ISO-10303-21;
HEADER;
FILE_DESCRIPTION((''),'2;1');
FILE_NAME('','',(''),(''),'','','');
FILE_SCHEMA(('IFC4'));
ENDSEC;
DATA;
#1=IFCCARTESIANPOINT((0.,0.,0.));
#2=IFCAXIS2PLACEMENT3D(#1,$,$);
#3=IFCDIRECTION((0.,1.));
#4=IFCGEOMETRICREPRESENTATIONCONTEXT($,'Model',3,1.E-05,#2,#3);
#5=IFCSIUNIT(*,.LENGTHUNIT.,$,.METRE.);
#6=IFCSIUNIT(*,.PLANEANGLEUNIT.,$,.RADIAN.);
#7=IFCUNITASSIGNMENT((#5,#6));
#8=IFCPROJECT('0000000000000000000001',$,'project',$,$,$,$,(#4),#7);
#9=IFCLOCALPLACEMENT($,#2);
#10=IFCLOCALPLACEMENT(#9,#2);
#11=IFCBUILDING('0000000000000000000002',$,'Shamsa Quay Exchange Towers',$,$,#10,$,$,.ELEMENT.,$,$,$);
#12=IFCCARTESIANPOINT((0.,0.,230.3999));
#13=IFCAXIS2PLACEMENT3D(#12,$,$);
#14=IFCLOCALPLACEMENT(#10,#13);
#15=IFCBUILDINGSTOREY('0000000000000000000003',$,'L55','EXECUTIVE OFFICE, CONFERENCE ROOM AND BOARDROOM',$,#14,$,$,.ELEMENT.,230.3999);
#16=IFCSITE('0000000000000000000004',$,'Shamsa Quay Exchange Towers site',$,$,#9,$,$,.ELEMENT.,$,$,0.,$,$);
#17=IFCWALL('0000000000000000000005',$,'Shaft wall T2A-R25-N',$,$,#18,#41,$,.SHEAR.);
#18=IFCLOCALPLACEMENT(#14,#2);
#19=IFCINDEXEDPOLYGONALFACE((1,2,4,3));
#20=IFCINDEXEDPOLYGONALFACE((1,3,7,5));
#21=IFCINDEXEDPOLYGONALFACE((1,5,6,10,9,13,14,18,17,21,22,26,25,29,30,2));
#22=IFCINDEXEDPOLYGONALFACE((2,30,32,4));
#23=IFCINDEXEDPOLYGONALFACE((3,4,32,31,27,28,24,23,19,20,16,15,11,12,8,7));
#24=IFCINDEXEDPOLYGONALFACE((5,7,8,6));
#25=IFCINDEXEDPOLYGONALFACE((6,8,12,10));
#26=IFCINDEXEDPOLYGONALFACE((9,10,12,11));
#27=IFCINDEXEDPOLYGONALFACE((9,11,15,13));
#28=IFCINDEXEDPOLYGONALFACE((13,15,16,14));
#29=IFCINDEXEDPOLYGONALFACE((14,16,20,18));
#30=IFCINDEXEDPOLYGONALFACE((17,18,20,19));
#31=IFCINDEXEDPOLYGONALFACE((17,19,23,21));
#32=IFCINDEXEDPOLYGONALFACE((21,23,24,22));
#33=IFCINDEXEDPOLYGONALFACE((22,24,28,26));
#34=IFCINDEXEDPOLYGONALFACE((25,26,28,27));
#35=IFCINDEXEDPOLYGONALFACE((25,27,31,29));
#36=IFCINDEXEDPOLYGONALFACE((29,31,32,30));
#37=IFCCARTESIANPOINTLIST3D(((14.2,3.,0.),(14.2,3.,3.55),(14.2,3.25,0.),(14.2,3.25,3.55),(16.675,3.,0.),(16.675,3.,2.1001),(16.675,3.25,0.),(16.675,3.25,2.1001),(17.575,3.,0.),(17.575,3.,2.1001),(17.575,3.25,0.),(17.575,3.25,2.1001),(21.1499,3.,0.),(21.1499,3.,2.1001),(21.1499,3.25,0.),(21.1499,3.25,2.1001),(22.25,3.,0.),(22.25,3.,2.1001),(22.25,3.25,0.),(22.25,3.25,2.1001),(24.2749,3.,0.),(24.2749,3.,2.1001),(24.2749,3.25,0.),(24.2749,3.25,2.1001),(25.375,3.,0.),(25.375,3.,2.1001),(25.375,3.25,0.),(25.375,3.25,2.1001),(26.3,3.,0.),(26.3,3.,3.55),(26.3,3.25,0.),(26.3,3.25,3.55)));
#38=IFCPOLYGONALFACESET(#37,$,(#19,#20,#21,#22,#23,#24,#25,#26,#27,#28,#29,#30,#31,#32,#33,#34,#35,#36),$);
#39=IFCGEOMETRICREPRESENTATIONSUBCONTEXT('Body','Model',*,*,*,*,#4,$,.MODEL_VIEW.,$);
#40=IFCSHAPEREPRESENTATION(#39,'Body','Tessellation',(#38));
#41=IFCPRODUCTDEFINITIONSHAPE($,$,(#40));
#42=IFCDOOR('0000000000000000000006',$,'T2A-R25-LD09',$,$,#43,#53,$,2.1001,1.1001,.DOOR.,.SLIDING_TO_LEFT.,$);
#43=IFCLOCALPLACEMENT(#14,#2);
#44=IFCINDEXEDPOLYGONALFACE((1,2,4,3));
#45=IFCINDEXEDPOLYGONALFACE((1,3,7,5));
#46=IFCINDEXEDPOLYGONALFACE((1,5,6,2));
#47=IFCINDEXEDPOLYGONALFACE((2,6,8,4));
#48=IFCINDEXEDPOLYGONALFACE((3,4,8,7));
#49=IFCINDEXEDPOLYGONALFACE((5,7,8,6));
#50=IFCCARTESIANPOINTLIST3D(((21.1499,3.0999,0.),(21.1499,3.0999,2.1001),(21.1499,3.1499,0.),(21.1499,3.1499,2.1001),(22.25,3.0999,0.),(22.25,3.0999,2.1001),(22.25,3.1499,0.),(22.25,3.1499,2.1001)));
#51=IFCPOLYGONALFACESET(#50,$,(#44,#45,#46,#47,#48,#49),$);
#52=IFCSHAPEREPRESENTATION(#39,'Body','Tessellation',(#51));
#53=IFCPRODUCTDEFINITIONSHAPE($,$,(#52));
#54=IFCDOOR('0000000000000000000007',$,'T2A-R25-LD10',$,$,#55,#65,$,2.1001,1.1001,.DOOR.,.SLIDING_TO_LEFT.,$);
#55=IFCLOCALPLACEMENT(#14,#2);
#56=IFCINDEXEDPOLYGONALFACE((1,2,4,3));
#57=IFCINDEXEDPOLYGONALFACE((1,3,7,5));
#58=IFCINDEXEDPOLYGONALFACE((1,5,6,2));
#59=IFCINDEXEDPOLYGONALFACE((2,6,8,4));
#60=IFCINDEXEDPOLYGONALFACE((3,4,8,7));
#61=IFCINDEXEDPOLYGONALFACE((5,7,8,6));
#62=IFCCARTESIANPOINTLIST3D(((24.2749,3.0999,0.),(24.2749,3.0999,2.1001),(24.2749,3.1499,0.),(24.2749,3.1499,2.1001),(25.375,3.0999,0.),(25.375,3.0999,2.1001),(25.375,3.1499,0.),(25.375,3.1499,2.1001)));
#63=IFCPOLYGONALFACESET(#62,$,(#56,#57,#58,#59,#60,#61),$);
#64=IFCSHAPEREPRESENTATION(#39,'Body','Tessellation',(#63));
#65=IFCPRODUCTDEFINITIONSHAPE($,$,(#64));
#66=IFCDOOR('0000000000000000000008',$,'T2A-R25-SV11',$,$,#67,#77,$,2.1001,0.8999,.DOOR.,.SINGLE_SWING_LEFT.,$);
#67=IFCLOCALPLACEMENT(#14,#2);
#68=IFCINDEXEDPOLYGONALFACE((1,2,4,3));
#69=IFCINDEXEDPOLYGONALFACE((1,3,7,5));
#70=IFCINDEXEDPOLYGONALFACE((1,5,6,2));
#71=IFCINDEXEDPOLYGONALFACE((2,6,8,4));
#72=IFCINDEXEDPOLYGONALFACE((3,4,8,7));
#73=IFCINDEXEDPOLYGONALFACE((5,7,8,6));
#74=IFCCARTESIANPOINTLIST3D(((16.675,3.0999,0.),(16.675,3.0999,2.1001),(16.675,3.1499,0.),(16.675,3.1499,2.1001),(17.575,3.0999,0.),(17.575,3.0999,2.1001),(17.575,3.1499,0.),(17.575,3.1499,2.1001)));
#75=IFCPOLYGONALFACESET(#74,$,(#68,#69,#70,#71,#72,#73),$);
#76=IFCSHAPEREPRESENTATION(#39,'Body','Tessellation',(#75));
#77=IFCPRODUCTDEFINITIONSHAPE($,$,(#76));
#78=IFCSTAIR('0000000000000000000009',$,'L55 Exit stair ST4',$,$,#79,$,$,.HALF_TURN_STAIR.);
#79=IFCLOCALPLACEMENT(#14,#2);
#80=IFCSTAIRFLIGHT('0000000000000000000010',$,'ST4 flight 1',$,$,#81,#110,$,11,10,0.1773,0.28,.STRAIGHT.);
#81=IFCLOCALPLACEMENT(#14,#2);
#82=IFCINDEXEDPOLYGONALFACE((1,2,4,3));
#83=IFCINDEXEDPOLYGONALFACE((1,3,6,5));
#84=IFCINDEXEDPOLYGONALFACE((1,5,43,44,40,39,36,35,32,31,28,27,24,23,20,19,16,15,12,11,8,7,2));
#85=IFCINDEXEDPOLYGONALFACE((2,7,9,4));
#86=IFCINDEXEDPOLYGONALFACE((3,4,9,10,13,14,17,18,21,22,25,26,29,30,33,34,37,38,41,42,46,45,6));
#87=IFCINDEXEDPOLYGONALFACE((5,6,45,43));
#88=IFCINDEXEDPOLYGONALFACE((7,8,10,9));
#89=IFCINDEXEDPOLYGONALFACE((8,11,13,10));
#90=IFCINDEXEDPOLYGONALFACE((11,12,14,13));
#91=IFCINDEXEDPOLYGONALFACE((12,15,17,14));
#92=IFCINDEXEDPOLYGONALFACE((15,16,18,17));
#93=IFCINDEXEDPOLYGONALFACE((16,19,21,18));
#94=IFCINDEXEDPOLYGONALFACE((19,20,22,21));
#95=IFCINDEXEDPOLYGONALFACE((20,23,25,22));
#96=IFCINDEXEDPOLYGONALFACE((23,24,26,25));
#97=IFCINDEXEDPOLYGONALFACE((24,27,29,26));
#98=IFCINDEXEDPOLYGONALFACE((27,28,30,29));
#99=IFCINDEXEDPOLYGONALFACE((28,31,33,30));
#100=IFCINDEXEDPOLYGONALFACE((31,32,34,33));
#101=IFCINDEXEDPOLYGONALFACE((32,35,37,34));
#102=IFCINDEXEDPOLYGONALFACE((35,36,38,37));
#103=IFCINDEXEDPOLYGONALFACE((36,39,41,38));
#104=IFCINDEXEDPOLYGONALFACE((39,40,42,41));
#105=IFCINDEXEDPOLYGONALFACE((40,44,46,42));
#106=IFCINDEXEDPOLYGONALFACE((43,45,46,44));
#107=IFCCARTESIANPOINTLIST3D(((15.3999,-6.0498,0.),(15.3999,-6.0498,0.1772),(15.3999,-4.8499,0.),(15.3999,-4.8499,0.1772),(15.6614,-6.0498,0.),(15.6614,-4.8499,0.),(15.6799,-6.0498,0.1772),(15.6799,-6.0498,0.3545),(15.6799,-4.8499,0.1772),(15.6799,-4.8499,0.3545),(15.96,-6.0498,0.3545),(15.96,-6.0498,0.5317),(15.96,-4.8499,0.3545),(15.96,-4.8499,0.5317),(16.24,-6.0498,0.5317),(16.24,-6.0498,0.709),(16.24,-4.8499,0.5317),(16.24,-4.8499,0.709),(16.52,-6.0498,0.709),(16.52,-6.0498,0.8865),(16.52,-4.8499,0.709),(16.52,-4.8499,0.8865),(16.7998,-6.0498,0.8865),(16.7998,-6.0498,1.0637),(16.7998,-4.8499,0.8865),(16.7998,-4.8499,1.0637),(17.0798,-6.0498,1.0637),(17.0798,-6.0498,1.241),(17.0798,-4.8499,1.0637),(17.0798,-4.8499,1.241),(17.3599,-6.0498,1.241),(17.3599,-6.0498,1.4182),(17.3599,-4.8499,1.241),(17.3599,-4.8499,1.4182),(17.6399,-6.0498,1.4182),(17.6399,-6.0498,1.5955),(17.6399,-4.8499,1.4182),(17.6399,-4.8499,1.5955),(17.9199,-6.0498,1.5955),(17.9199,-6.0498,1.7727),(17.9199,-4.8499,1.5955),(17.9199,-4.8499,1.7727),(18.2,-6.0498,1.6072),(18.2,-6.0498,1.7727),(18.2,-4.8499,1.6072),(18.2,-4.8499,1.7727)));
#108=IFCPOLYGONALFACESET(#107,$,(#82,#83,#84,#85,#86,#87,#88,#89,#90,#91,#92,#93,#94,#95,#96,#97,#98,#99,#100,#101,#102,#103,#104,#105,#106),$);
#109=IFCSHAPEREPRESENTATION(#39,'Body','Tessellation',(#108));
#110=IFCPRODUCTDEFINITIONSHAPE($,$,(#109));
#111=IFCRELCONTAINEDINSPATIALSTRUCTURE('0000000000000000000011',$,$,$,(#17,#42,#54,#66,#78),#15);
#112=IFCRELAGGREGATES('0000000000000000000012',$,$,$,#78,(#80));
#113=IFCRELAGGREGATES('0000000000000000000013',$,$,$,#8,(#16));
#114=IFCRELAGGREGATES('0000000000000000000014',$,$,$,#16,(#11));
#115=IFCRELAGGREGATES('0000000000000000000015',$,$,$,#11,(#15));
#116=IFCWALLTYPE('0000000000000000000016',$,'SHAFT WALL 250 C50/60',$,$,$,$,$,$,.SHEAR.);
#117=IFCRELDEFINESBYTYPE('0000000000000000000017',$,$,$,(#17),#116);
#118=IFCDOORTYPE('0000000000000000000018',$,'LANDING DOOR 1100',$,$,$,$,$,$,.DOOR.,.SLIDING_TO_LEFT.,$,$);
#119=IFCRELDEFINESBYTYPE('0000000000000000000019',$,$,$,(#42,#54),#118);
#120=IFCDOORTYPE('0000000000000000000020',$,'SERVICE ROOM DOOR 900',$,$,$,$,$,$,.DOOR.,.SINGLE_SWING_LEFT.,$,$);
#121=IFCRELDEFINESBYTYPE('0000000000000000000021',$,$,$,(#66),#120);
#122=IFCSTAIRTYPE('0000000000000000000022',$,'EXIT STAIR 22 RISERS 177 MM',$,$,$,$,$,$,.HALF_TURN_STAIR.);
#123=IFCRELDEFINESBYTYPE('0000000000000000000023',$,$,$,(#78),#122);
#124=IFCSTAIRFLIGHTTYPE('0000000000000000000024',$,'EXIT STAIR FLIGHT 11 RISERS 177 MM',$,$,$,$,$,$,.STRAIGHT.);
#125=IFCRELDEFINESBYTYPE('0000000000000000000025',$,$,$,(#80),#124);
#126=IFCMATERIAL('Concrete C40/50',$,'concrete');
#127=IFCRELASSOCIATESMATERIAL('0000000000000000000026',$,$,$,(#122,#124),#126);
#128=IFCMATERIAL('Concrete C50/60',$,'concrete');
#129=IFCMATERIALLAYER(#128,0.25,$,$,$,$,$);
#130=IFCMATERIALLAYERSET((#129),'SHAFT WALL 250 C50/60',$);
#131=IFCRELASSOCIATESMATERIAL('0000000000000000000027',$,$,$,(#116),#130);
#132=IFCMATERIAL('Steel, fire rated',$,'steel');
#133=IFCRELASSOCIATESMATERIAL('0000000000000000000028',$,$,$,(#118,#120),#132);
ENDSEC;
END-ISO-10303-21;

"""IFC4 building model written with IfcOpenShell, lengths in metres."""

from ifc_helpers import new_model, si_unit, direction, frame, frame_2d, origin, place, context, subcontext, project, spatial, polyline, rectangle, outline, extrude, material, layer, layer_set, type_object, element, fill, aggregate, save


model = new_model("IFC4")

# Units and contexts
model_context = context("Model", 3, precision=1e-05, world=origin(), true_north=direction((0.0, 1.0)))
body_context = subcontext(model_context, "Body", "Model", "MODEL_VIEW")
ifc_project = project(units=[si_unit("LENGTHUNIT", "METRE"), si_unit("PLANEANGLEUNIT", "RADIAN")], contexts=[model_context])

# Site, building, storey
site_placement = place(None, origin())
site = spatial("IfcSite", under=ifc_project, at=site_placement, Name="Shamsa Quay Exchange Towers site", CompositionType="ELEMENT", RefElevation=0.0)
building_placement = place(site_placement, origin())
building = spatial("IfcBuilding", under=site, at=building_placement, Name="Shamsa Quay Exchange Towers", CompositionType="ELEMENT")
storey_placement = place(building_placement, frame((0.0, 0.0, 230.3999)))
storey = spatial("IfcBuildingStorey", under=building, at=storey_placement, Name="L55", Description="EXECUTIVE OFFICE, CONFERENCE ROOM AND BOARDROOM", CompositionType="ELEMENT", Elevation=230.3999)

# Shared definitions
ifc_material_1 = material(Name="Concrete C50/60", Category="concrete")

# Shared definitions
ifc_material_2 = material(Name="Concrete C40/50", Category="concrete")
stair_type = type_object("IfcStairType", Name="EXIT STAIR 22 RISERS 177 MM", PredefinedType="HALF_TURN_STAIR", material=ifc_material_2)

# Shared definitions
ifc_material_3 = material(Name="Steel, fire rated", Category="steel")

# Wall, openings, doors
ifc_layer_1 = layer(ifc_material_1, 0.25)
ifc_layer_set_1 = layer_set([ifc_layer_1], Name="SHAFT WALL 250 C50/60")
wall_type_1 = type_object("IfcWallType", Name="SHAFT WALL 250 C50/60", PredefinedType="SHEAR", material=ifc_layer_set_1)
wall_1_placement = place(storey_placement, frame((14.2, 3.125, 0.0)))
wall_1 = element("IfcWall", 1, at=wall_1_placement, inside=storey, type_object=wall_type_1, Name="Shaft wall T2A-R25-N", PredefinedType="SHEAR", context=body_context, shape_type="SweptSolid", body=[
    extrude(rectangle(XDim=12.1001, YDim=0.25, at=frame_2d((6.05, 0.0))), origin(), (0.0, 0.0, 1.0), 3.55),
])
opening_1_placement = place(wall_1_placement, frame((6.95, 0.0, 0.0)))
opening_1 = element("IfcOpeningElement", 2, at=opening_1_placement, cuts=wall_1, PredefinedType="OPENING", context=body_context, shape_type="SweptSolid", body=[
    extrude(rectangle(XDim=1.1001, YDim=2.1001, at=frame_2d((0.55, 1.05))), frame((0.0, 0.135, 0.0), z_axis=(0.0, -1.0, 0.0), x_axis=(1.0, 0.0, 0.0)), (0.0, 0.0, 1.0), 0.27),
])
opening_2_placement = place(wall_1_placement, frame((10.075, 0.0, 0.0)))
opening_2 = element("IfcOpeningElement", 3, at=opening_2_placement, cuts=wall_1, PredefinedType="OPENING", context=body_context, shape_type="SweptSolid", body=[
    extrude(rectangle(XDim=1.1001, YDim=2.1001, at=frame_2d((0.55, 1.05))), frame((0.0, 0.135, 0.0), z_axis=(0.0, -1.0, 0.0), x_axis=(1.0, 0.0, 0.0)), (0.0, 0.0, 1.0), 0.27),
])
opening_3_placement = place(wall_1_placement, frame((2.4751, 0.0, 0.0)))
opening_3 = element("IfcOpeningElement", 4, at=opening_3_placement, cuts=wall_1, PredefinedType="OPENING", context=body_context, shape_type="SweptSolid", body=[
    extrude(rectangle(XDim=0.8999, YDim=2.1001, at=frame_2d((0.45, 1.05))), frame((0.0, 0.135, 0.0), z_axis=(0.0, -1.0, 0.0), x_axis=(1.0, 0.0, 0.0)), (0.0, 0.0, 1.0), 0.27),
])
door_type_1 = type_object("IfcDoorType", Name="LANDING DOOR 1100", OperationType="SLIDING_TO_LEFT", PredefinedType="DOOR", material=ifc_material_3)
door_1_placement = place(opening_1_placement, origin())
door_1 = element("IfcDoor", 5, at=door_1_placement, inside=storey, type_object=door_type_1, Name="T2A-R25-LD09", OperationType="SLIDING_TO_LEFT", OverallHeight=2.1001, OverallWidth=1.1001, PredefinedType="DOOR", context=body_context, shape_type="SweptSolid", body=[
    extrude(rectangle(XDim=1.1001, YDim=2.1001, at=frame_2d((0.55, 1.05))), frame((0.0, 0.0249, 0.0), z_axis=(0.0, -1.0, 0.0), x_axis=(1.0, 0.0, 0.0)), (0.0, 0.0, 1.0), 0.05),
])
fill(opening_1, door_1)
door_2_placement = place(opening_2_placement, origin())
door_2 = element("IfcDoor", 6, at=door_2_placement, inside=storey, type_object=door_type_1, Name="T2A-R25-LD10", OperationType="SLIDING_TO_LEFT", OverallHeight=2.1001, OverallWidth=1.1001, PredefinedType="DOOR", context=body_context, shape_type="SweptSolid", body=[
    extrude(rectangle(XDim=1.1001, YDim=2.1001, at=frame_2d((0.55, 1.05))), frame((0.0, 0.0249, 0.0), z_axis=(0.0, -1.0, 0.0), x_axis=(1.0, 0.0, 0.0)), (0.0, 0.0, 1.0), 0.05),
])
fill(opening_2, door_2)
door_type_2 = type_object("IfcDoorType", Name="SERVICE ROOM DOOR 900", OperationType="SINGLE_SWING_LEFT", PredefinedType="DOOR", material=ifc_material_3)
door_3_placement = place(opening_3_placement, origin())
door_3 = element("IfcDoor", 7, at=door_3_placement, inside=storey, type_object=door_type_2, Name="T2A-R25-SV11", OperationType="SINGLE_SWING_LEFT", OverallHeight=2.1001, OverallWidth=0.8999, PredefinedType="DOOR", context=body_context, shape_type="SweptSolid", body=[
    extrude(rectangle(XDim=0.8999, YDim=2.1001, at=frame_2d((0.45, 1.05))), frame((0.0, 0.0249, 0.0), z_axis=(0.0, -1.0, 0.0), x_axis=(1.0, 0.0, 0.0)), (0.0, 0.0, 1.0), 0.05),
])
fill(opening_3, door_3)

# Stair, stair flight
stair_1_placement = place(storey_placement, origin())
stair_1 = element("IfcStair", 8, at=stair_1_placement, inside=storey, type_object=stair_type, Name="L55 Exit stair ST4", PredefinedType="HALF_TURN_STAIR")
stair_flight_type = type_object("IfcStairFlightType", Name="EXIT STAIR FLIGHT 11 RISERS 177 MM", PredefinedType="STRAIGHT", material=ifc_material_2)
stair_flight_placement = place(storey_placement, frame((15.3999, -5.45, 0.0)))
stair_flight = element("IfcStairFlight", 9, at=stair_flight_placement, type_object=stair_flight_type, Name="ST4 flight 1", NumberOfRisers=11, NumberOfTreads=10, PredefinedType="STRAIGHT", RiserHeight=0.1773, TreadLength=0.28, context=body_context, shape_type="SweptSolid", body=[
    extrude(outline(polyline([(0.0, 0.0), (0.0, 0.1772), (0.28, 0.1772), (0.28, 0.3545), (0.5601, 0.3545), (0.5601, 0.5317), (0.8401, 0.5317), (0.8401, 0.709), (1.1201, 0.709), (1.1201, 0.8865), (1.3999, 0.8865), (1.3999, 1.0637), (1.6799, 1.0637), (1.6799, 1.241), (1.96, 1.241), (1.96, 1.4182), (2.24, 1.4182), (2.24, 1.5955), (2.52, 1.5955), (2.52, 1.7727), (2.8, 1.7727), (2.8, 1.95), (2.8, 1.6072), (0.2615, 0.0), (0.0, 0.0)])), frame((0.0, 0.6001, 0.0), z_axis=(0.0, -1.0, 0.0), x_axis=(1.0, 0.0, 0.0)), (0.0, 0.0, 1.0), 1.2),
])
aggregate(stair_1, [stair_flight])

save(model, "model.ifc")
